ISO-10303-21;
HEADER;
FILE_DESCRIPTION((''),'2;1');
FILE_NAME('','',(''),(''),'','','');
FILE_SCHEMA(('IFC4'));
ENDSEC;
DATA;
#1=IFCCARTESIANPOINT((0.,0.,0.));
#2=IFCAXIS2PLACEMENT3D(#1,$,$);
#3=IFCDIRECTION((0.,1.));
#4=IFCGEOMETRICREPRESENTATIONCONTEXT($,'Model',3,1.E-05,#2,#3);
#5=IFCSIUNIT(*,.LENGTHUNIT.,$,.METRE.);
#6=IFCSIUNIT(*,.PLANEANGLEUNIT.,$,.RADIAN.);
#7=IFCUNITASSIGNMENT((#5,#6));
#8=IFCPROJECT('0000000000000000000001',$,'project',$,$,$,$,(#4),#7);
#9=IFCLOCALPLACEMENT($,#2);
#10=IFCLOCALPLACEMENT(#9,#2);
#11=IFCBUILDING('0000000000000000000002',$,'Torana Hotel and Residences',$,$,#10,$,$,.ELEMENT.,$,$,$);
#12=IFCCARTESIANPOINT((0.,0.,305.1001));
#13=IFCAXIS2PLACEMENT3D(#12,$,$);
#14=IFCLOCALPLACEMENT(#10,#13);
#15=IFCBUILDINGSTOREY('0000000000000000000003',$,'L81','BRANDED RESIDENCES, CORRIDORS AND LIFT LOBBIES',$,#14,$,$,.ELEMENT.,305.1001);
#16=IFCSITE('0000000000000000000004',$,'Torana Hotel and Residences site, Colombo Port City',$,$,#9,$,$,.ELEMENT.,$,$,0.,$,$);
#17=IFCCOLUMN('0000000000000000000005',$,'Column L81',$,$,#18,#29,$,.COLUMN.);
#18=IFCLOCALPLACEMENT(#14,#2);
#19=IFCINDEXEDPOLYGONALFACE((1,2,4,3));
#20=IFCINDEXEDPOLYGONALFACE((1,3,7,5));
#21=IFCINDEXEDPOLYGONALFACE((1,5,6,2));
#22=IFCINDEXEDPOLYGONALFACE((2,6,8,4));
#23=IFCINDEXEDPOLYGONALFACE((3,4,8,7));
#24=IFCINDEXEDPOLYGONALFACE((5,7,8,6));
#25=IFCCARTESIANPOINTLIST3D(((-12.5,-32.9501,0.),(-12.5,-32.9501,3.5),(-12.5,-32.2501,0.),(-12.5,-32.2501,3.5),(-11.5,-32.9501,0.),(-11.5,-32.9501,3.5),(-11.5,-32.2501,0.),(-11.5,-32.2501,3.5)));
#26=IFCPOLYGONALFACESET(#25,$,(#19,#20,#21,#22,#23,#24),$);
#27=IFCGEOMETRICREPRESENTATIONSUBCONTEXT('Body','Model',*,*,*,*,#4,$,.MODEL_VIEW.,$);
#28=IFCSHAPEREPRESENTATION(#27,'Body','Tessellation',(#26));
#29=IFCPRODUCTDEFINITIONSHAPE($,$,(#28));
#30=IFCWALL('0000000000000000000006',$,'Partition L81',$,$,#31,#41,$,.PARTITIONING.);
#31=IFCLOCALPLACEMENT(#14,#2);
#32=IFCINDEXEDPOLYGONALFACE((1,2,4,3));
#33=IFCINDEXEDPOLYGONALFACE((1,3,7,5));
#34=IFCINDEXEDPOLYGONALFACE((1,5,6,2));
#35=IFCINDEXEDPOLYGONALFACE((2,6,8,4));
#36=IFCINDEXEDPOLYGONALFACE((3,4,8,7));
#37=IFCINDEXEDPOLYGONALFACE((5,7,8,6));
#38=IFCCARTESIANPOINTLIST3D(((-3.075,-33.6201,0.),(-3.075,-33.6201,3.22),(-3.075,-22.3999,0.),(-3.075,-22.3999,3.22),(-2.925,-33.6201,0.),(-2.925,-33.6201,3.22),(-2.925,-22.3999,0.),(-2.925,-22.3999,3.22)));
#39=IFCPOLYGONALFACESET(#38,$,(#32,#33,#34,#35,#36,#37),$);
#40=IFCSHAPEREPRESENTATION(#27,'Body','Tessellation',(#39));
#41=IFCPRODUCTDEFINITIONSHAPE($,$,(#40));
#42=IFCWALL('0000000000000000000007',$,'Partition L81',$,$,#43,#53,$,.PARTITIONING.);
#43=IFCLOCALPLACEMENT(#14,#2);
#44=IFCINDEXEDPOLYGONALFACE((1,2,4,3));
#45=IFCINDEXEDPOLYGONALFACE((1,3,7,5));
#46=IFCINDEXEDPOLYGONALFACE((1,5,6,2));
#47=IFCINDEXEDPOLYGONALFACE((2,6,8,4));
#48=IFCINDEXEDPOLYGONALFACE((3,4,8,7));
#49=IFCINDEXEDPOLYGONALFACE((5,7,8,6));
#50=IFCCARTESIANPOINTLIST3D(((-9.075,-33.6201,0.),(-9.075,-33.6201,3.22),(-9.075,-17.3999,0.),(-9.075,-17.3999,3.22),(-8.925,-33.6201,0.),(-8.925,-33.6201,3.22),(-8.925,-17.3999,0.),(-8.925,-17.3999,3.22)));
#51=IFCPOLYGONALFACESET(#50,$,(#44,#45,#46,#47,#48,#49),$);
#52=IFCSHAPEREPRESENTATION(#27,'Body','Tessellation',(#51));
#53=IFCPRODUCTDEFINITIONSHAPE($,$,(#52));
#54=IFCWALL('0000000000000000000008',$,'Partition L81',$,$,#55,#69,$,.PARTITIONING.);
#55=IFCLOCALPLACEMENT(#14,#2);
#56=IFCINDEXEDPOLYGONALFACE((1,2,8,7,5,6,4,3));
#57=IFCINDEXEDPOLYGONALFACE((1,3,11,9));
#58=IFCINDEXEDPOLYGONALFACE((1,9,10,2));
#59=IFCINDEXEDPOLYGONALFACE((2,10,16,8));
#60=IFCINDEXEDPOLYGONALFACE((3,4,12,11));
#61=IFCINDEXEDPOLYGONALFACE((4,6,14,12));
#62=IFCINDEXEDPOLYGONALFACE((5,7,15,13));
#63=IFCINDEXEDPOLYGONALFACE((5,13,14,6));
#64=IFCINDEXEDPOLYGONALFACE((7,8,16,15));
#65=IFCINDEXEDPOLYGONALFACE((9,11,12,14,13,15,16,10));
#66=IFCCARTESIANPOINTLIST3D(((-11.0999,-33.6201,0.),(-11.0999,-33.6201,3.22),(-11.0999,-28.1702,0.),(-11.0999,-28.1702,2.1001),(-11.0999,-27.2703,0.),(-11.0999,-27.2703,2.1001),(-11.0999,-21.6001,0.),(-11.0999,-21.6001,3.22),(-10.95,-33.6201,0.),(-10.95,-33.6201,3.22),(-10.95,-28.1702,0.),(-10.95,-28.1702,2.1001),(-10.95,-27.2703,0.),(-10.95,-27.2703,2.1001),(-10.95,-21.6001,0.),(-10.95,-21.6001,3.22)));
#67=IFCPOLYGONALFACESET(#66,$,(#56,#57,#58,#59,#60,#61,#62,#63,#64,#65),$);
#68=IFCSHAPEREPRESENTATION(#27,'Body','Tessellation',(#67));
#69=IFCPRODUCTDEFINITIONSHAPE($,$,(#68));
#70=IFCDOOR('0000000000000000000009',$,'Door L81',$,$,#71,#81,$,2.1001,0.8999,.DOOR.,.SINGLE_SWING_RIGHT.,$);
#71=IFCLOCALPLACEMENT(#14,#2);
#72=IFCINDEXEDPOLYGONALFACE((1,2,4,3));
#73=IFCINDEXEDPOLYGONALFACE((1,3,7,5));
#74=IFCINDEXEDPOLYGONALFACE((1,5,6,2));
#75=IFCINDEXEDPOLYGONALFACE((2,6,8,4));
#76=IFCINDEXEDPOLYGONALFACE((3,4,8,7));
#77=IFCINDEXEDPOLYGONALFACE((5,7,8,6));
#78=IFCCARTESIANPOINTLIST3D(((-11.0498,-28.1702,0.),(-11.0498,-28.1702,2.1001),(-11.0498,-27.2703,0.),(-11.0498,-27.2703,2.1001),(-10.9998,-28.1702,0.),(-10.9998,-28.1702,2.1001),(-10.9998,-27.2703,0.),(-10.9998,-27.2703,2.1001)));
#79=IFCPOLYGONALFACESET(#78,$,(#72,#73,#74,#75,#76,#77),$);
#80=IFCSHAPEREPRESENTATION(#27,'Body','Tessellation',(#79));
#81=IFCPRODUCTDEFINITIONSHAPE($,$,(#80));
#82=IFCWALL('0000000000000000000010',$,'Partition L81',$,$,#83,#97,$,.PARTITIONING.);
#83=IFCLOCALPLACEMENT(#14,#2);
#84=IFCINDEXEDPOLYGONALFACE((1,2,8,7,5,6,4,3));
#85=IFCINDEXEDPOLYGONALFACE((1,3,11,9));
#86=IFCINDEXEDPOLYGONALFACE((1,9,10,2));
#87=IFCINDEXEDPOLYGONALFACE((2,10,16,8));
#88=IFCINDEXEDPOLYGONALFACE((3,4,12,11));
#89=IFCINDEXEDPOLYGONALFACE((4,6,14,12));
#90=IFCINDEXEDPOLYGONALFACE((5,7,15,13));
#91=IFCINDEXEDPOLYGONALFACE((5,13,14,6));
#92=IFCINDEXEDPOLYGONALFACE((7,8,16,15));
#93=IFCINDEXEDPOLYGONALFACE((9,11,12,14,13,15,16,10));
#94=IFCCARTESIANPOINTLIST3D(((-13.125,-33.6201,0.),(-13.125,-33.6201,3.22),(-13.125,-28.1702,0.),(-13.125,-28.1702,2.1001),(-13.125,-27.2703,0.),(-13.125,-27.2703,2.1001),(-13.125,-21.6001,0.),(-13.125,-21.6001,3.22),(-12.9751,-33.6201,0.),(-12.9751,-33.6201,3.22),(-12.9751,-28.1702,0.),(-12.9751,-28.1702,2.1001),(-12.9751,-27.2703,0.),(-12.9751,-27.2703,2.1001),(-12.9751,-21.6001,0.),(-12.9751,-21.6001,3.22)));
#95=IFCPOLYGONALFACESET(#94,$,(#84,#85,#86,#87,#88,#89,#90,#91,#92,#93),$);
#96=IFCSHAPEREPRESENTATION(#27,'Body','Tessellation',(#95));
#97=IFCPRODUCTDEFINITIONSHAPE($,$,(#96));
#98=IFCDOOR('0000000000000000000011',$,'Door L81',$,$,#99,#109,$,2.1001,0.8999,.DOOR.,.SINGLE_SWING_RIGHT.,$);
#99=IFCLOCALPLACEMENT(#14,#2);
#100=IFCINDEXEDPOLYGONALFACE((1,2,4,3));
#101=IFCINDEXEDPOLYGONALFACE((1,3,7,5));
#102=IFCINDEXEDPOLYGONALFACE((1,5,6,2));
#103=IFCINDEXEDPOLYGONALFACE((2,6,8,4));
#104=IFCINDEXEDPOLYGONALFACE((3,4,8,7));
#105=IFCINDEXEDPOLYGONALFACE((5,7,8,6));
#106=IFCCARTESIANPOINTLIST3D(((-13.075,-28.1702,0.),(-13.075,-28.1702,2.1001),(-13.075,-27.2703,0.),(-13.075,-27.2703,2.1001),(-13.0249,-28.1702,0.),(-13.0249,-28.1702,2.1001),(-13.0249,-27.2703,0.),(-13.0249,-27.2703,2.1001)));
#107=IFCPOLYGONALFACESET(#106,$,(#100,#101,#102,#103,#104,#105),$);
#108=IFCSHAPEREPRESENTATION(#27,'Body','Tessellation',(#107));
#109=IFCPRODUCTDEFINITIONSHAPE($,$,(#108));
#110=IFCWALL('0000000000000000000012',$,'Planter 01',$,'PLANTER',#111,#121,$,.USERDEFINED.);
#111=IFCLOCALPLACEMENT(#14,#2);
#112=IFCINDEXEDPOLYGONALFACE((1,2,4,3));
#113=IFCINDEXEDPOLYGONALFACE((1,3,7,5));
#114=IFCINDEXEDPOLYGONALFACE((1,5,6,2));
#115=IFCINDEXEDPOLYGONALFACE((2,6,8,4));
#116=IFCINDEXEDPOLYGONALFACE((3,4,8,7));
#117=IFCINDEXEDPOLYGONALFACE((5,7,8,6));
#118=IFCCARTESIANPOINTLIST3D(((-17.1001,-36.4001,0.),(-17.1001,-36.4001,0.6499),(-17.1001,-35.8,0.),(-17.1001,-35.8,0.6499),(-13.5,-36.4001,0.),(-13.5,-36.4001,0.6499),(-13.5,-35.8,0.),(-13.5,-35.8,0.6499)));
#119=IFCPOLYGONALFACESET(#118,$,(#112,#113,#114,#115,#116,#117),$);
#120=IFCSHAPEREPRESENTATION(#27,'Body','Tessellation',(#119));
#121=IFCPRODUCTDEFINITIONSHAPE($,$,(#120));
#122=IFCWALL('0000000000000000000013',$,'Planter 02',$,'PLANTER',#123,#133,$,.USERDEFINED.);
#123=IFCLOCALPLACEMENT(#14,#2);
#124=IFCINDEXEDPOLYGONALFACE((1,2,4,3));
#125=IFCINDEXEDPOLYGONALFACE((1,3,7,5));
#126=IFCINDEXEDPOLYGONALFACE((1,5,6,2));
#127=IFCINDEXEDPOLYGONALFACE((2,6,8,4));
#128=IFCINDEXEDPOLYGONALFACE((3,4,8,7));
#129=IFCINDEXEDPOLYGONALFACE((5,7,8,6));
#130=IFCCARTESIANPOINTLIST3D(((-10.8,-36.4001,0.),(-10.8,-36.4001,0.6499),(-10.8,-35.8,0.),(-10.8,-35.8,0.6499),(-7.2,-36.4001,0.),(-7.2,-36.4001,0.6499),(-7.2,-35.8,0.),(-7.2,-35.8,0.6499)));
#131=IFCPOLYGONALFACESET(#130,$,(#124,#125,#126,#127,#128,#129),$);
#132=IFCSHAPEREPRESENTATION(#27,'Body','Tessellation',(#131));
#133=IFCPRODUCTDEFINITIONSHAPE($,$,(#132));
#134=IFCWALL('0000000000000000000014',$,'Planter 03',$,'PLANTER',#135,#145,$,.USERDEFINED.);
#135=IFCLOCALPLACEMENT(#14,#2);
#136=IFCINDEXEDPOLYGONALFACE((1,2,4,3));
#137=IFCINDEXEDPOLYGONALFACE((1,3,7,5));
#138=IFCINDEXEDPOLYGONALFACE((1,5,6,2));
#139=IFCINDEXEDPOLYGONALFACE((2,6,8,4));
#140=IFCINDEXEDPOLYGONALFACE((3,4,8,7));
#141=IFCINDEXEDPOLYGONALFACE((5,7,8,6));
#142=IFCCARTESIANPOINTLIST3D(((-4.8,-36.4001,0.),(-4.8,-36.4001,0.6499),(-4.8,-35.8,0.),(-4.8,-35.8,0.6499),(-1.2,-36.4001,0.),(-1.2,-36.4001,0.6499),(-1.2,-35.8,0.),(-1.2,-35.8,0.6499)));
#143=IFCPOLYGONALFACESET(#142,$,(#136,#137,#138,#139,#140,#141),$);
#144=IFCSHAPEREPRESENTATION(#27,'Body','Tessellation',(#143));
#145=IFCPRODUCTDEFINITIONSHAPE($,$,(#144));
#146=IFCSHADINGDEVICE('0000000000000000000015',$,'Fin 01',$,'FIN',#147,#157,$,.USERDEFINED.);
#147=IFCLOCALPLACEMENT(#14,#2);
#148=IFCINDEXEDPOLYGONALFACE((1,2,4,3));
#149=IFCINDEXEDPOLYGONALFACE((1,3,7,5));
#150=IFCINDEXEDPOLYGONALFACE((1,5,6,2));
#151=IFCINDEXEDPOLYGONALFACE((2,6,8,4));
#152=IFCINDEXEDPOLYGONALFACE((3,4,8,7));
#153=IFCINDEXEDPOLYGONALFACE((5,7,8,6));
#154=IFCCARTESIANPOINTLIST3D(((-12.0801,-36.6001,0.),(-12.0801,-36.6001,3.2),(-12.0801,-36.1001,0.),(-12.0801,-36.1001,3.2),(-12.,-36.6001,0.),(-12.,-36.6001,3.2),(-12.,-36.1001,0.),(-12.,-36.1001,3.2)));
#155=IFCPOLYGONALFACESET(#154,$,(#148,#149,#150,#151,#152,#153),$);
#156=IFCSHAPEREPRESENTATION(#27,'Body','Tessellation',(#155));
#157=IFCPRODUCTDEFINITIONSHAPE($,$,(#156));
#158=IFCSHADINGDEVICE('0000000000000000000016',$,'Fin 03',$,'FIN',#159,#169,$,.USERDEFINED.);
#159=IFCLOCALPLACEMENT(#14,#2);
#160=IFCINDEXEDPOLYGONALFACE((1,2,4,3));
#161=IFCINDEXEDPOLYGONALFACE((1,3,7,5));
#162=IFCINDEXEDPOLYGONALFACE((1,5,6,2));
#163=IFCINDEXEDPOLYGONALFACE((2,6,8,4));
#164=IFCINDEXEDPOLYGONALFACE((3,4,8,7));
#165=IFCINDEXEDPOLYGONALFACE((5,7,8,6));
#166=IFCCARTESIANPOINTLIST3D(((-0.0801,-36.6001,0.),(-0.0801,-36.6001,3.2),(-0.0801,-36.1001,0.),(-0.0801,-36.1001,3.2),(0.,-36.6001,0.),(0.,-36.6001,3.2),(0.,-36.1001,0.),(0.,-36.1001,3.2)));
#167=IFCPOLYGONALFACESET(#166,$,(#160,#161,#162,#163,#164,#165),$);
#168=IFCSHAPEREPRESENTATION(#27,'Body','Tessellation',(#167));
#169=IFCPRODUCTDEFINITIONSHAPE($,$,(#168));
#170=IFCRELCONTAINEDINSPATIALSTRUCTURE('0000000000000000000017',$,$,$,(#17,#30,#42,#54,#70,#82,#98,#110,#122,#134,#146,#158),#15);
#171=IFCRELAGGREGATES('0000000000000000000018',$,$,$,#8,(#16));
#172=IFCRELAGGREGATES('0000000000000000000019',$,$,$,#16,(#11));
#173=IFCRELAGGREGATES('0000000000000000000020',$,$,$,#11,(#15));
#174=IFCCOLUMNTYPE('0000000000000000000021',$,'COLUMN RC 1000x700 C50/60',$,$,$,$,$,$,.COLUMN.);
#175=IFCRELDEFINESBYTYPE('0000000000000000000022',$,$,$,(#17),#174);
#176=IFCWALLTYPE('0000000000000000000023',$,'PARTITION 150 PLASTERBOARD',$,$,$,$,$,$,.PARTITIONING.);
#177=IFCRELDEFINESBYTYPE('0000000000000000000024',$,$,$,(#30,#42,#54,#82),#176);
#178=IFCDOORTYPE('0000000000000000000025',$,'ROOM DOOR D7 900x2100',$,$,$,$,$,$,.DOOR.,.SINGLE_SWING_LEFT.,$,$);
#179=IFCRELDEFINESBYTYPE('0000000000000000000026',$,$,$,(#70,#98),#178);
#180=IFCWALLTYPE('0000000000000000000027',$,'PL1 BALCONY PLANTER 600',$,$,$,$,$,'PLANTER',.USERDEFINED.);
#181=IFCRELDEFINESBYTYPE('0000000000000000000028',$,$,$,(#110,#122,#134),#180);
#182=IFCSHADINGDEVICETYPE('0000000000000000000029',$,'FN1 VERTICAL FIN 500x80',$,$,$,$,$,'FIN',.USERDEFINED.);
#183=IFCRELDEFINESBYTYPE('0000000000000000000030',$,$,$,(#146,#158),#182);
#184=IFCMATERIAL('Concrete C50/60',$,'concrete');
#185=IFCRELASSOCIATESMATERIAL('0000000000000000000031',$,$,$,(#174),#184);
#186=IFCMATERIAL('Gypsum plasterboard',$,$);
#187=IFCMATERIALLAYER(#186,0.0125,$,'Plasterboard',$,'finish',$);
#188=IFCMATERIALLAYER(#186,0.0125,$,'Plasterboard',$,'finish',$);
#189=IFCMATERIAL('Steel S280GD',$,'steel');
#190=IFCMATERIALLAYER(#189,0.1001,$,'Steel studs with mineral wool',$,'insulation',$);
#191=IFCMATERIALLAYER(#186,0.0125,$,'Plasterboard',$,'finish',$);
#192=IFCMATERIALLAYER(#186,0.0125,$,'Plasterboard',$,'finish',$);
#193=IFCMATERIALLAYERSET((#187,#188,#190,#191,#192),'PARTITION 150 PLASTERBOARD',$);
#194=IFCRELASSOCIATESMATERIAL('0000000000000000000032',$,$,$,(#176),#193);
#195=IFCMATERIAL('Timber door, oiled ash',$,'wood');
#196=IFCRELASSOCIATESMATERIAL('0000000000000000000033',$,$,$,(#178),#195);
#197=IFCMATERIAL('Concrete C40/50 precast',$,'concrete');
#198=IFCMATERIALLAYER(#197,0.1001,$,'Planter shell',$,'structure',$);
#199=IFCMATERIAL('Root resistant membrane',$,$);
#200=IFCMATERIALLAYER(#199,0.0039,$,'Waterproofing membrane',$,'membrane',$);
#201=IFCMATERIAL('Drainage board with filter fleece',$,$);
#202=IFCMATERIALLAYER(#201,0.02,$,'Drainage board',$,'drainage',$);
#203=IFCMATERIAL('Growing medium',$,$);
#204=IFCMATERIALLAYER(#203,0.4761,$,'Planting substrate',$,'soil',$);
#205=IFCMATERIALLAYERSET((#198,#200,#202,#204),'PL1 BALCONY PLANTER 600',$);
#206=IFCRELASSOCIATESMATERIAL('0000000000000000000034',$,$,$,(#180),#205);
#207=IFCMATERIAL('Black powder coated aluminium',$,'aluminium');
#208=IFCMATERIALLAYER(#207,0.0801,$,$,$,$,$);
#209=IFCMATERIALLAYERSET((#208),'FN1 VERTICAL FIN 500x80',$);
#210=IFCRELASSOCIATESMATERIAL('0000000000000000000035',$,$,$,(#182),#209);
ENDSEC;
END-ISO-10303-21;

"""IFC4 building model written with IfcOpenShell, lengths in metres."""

from ifc_helpers import new_model, si_unit, direction, frame, frame_2d, origin, origin_2d, place, context, subcontext, project, spatial, rectangle, extrude, material, layer, layer_set, material_profile, profile_set, type_object, element, fill, save


model = new_model("IFC4")

# Units and contexts
model_context = context("Model", 3, precision=1e-05, world=origin(), true_north=direction((0.0, 1.0)))
body_context = subcontext(model_context, "Body", "Model", "MODEL_VIEW")
ifc_project = project(units=[si_unit("LENGTHUNIT", "METRE"), si_unit("PLANEANGLEUNIT", "RADIAN")], contexts=[model_context])

# Site, building, storey
site_placement = place(None, origin())
site = spatial("IfcSite", under=ifc_project, at=site_placement, Name="Torana Hotel and Residences site, Colombo Port City", CompositionType="ELEMENT", RefElevation=0.0)
building_placement = place(site_placement, origin())
building = spatial("IfcBuilding", under=site, at=building_placement, Name="Torana Hotel and Residences", CompositionType="ELEMENT")
storey_placement = place(building_placement, frame((0.0, 0.0, 305.1001)))
storey = spatial("IfcBuildingStorey", under=building, at=storey_placement, Name="L81", Description="BRANDED RESIDENCES, CORRIDORS AND LIFT LOBBIES", CompositionType="ELEMENT", Elevation=305.1001)

# Column
ifc_material_1 = material(Name="Concrete C50/60", Category="concrete")
ifc_material_profile = material_profile(ifc_material_1, rectangle(XDim=1.0, YDim=0.7, at=origin_2d()), Name="RC 1000x700")
ifc_profile_set = profile_set([ifc_material_profile], Name="Concrete C50/60")
column_type = type_object("IfcColumnType", Name="COLUMN RC 1000x700 C50/60", PredefinedType="COLUMN", material=ifc_profile_set)
column_placement = place(storey_placement, frame((-12.0, -32.6001, 0.0), z_axis=(0.0, 0.0, 1.0), x_axis=(1.0, 0.0, 0.0)))
element("IfcColumn", 1, at=column_placement, inside=storey, type_object=column_type, Name="Column L81", PredefinedType="COLUMN", context=body_context, shape_type="SweptSolid", body=[
    extrude(rectangle(XDim=1.0, YDim=0.7, at=origin_2d()), origin(), (0.0, 0.0, 1.0), 3.5),
])

# Walls
ifc_material_2 = material(Name="Gypsum plasterboard")
ifc_layer_1 = layer(ifc_material_2, 0.0125, Name="Plasterboard", Category="finish")
ifc_layer_2 = layer(ifc_material_2, 0.0125, Name="Plasterboard", Category="finish")
ifc_material_3 = material(Name="Steel S280GD", Category="steel")
ifc_layer_3 = layer(ifc_material_3, 0.1001, Name="Steel studs with mineral wool", Category="insulation")
ifc_layer_4 = layer(ifc_material_2, 0.0125, Name="Plasterboard", Category="finish")
ifc_layer_5 = layer(ifc_material_2, 0.0125, Name="Plasterboard", Category="finish")
ifc_layer_set_1 = layer_set([ifc_layer_1, ifc_layer_2, ifc_layer_3, ifc_layer_4, ifc_layer_5], Name="PARTITION 150 PLASTERBOARD")
wall_type_1 = type_object("IfcWallType", Name="PARTITION 150 PLASTERBOARD", PredefinedType="PARTITIONING", material=ifc_layer_set_1)
wall_1_placement = place(storey_placement, frame((-3.0, -33.6201, 0.0), z_axis=(0.0, 0.0, 1.0), x_axis=(0.0, 1.0, 0.0)))
element("IfcWall", 2, at=wall_1_placement, inside=storey, type_object=wall_type_1, Name="Partition L81", PredefinedType="PARTITIONING", context=body_context, shape_type="SweptSolid", body=[
    extrude(rectangle(XDim=11.2202, YDim=0.1499, at=frame_2d((5.6101, 0.0))), origin(), (0.0, 0.0, 1.0), 3.22),
])
wall_2_placement = place(storey_placement, frame((-9.0, -33.6201, 0.0), z_axis=(0.0, 0.0, 1.0), x_axis=(0.0, 1.0, 0.0)))
element("IfcWall", 3, at=wall_2_placement, inside=storey, type_object=wall_type_1, Name="Partition L81", PredefinedType="PARTITIONING", context=body_context, shape_type="SweptSolid", body=[
    extrude(rectangle(XDim=16.2202, YDim=0.1499, at=frame_2d((8.1101, 0.0))), origin(), (0.0, 0.0, 1.0), 3.22),
])

# Walls, openings, doors
wall_3_placement = place(storey_placement, frame((-11.0249, -33.6201, 0.0), z_axis=(0.0, 0.0, 1.0), x_axis=(0.0, 1.0, 0.0)))
wall_3 = element("IfcWall", 4, at=wall_3_placement, inside=storey, type_object=wall_type_1, Name="Partition L81", PredefinedType="PARTITIONING", context=body_context, shape_type="SweptSolid", body=[
    extrude(rectangle(XDim=12.02, YDim=0.1499, at=frame_2d((6.01, 0.0))), origin(), (0.0, 0.0, 1.0), 3.22),
])
opening_1_placement = place(wall_3_placement, frame((5.45, 0.0, 0.0)))
opening_1 = element("IfcOpeningElement", 5, at=opening_1_placement, cuts=wall_3, PredefinedType="OPENING", context=body_context, shape_type="SweptSolid", body=[
    extrude(rectangle(XDim=0.8999, YDim=2.1001, at=frame_2d((0.45, 1.05))), frame((0.0, 0.085, 0.0), z_axis=(0.0, -1.0, 0.0), x_axis=(1.0, 0.0, 0.0)), (0.0, 0.0, 1.0), 0.1699),
])
ifc_material_4 = material(Name="Timber door, oiled ash", Category="wood")
door_type = type_object("IfcDoorType", Name="ROOM DOOR D7 900x2100", OperationType="SINGLE_SWING_LEFT", PredefinedType="DOOR", material=ifc_material_4)
door_1_placement = place(opening_1_placement, origin())
door_1 = element("IfcDoor", 6, at=door_1_placement, inside=storey, type_object=door_type, Name="Door L81", OperationType="SINGLE_SWING_RIGHT", OverallHeight=2.1001, OverallWidth=0.8999, PredefinedType="DOOR", context=body_context, shape_type="SweptSolid", body=[
    extrude(rectangle(XDim=0.8999, YDim=2.1001, at=frame_2d((0.45, 1.05))), frame((0.0, 0.0249, 0.0), z_axis=(0.0, -1.0, 0.0), x_axis=(1.0, 0.0, 0.0)), (0.0, 0.0, 1.0), 0.05),
])
fill(opening_1, door_1)
wall_4_placement = place(storey_placement, frame((-13.05, -33.6201, 0.0), z_axis=(0.0, 0.0, 1.0), x_axis=(0.0, 1.0, 0.0)))
wall_4 = element("IfcWall", 7, at=wall_4_placement, inside=storey, type_object=wall_type_1, Name="Partition L81", PredefinedType="PARTITIONING", context=body_context, shape_type="SweptSolid", body=[
    extrude(rectangle(XDim=12.02, YDim=0.1499, at=frame_2d((6.01, 0.0))), origin(), (0.0, 0.0, 1.0), 3.22),
])
opening_2_placement = place(wall_4_placement, frame((5.45, 0.0, 0.0)))
opening_2 = element("IfcOpeningElement", 8, at=opening_2_placement, cuts=wall_4, PredefinedType="OPENING", context=body_context, shape_type="SweptSolid", body=[
    extrude(rectangle(XDim=0.8999, YDim=2.1001, at=frame_2d((0.45, 1.05))), frame((0.0, 0.085, 0.0), z_axis=(0.0, -1.0, 0.0), x_axis=(1.0, 0.0, 0.0)), (0.0, 0.0, 1.0), 0.1699),
])
door_2_placement = place(opening_2_placement, origin())
door_2 = element("IfcDoor", 9, at=door_2_placement, inside=storey, type_object=door_type, Name="Door L81", OperationType="SINGLE_SWING_RIGHT", OverallHeight=2.1001, OverallWidth=0.8999, PredefinedType="DOOR", context=body_context, shape_type="SweptSolid", body=[
    extrude(rectangle(XDim=0.8999, YDim=2.1001, at=frame_2d((0.45, 1.05))), frame((0.0, 0.0249, 0.0), z_axis=(0.0, -1.0, 0.0), x_axis=(1.0, 0.0, 0.0)), (0.0, 0.0, 1.0), 0.05),
])
fill(opening_2, door_2)

# Walls
ifc_material_5 = material(Name="Concrete C40/50 precast", Category="concrete")
ifc_layer_6 = layer(ifc_material_5, 0.1001, Name="Planter shell", Category="structure")
ifc_material_6 = material(Name="Root resistant membrane")
ifc_layer_7 = layer(ifc_material_6, 0.0039, Name="Waterproofing membrane", Category="membrane")
ifc_material_7 = material(Name="Drainage board with filter fleece")
ifc_layer_8 = layer(ifc_material_7, 0.02, Name="Drainage board", Category="drainage")
ifc_material_8 = material(Name="Growing medium")
ifc_layer_9 = layer(ifc_material_8, 0.4761, Name="Planting substrate", Category="soil")
ifc_layer_set_2 = layer_set([ifc_layer_6, ifc_layer_7, ifc_layer_8, ifc_layer_9], Name="PL1 BALCONY PLANTER 600")
wall_type_2 = type_object("IfcWallType", Name="PL1 BALCONY PLANTER 600", ElementType="PLANTER", PredefinedType="USERDEFINED", material=ifc_layer_set_2)
for number, where, z_axis, x_axis, name in (
    (10, (-13.5, -36.1001, 0.0), (0.0, 0.0, 1.0), (-1.0, 0.0, 0.0), "Planter 01"),
    (11, (-7.2, -36.1001, 0.0), (0.0, 0.0, 1.0), (-1.0, 0.0, 0.0), "Planter 02"),
    (12, (-1.2, -36.1001, 0.0), (0.0, 0.0, 1.0), (-1.0, 0.0, 0.0), "Planter 03"),
):
    element("IfcWall", number, at=place(storey_placement, frame(where, z_axis=z_axis, x_axis=x_axis)), inside=storey, type_object=wall_type_2, Name=name, ObjectType="PLANTER", PredefinedType="USERDEFINED", context=body_context, shape_type="SweptSolid", body=[
        extrude(rectangle(XDim=3.6001, YDim=0.6001, at=frame_2d((1.8, 0.0))), origin(), (0.0, 0.0, 1.0), 0.6499),
    ])

# Shading devices
ifc_material_9 = material(Name="Black powder coated aluminium", Category="aluminium")
ifc_layer_10 = layer(ifc_material_9, 0.0801)
ifc_layer_set_3 = layer_set([ifc_layer_10], Name="FN1 VERTICAL FIN 500x80")
shading_device_type = type_object("IfcShadingDeviceType", Name="FN1 VERTICAL FIN 500x80", ElementType="FIN", PredefinedType="USERDEFINED", material=ifc_layer_set_3)
for number, where, z_axis, x_axis, name in (
    (13, (-12.04, -36.3501, 0.0), (0.0, 0.0, 1.0), (-1.0, 0.0, 0.0), "Fin 01"),
    (14, (-0.04, -36.3501, 0.0), (0.0, 0.0, 1.0), (-1.0, 0.0, 0.0), "Fin 03"),
):
    element("IfcShadingDevice", number, at=place(storey_placement, frame(where, z_axis=z_axis, x_axis=x_axis)), inside=storey, type_object=shading_device_type, Name=name, ObjectType="FIN", PredefinedType="USERDEFINED", context=body_context, shape_type="SweptSolid", body=[
        extrude(rectangle(XDim=0.0801, YDim=0.5, at=origin_2d()), origin(), (0.0, 0.0, 1.0), 3.2),
    ])

save(model, "model.ifc")
